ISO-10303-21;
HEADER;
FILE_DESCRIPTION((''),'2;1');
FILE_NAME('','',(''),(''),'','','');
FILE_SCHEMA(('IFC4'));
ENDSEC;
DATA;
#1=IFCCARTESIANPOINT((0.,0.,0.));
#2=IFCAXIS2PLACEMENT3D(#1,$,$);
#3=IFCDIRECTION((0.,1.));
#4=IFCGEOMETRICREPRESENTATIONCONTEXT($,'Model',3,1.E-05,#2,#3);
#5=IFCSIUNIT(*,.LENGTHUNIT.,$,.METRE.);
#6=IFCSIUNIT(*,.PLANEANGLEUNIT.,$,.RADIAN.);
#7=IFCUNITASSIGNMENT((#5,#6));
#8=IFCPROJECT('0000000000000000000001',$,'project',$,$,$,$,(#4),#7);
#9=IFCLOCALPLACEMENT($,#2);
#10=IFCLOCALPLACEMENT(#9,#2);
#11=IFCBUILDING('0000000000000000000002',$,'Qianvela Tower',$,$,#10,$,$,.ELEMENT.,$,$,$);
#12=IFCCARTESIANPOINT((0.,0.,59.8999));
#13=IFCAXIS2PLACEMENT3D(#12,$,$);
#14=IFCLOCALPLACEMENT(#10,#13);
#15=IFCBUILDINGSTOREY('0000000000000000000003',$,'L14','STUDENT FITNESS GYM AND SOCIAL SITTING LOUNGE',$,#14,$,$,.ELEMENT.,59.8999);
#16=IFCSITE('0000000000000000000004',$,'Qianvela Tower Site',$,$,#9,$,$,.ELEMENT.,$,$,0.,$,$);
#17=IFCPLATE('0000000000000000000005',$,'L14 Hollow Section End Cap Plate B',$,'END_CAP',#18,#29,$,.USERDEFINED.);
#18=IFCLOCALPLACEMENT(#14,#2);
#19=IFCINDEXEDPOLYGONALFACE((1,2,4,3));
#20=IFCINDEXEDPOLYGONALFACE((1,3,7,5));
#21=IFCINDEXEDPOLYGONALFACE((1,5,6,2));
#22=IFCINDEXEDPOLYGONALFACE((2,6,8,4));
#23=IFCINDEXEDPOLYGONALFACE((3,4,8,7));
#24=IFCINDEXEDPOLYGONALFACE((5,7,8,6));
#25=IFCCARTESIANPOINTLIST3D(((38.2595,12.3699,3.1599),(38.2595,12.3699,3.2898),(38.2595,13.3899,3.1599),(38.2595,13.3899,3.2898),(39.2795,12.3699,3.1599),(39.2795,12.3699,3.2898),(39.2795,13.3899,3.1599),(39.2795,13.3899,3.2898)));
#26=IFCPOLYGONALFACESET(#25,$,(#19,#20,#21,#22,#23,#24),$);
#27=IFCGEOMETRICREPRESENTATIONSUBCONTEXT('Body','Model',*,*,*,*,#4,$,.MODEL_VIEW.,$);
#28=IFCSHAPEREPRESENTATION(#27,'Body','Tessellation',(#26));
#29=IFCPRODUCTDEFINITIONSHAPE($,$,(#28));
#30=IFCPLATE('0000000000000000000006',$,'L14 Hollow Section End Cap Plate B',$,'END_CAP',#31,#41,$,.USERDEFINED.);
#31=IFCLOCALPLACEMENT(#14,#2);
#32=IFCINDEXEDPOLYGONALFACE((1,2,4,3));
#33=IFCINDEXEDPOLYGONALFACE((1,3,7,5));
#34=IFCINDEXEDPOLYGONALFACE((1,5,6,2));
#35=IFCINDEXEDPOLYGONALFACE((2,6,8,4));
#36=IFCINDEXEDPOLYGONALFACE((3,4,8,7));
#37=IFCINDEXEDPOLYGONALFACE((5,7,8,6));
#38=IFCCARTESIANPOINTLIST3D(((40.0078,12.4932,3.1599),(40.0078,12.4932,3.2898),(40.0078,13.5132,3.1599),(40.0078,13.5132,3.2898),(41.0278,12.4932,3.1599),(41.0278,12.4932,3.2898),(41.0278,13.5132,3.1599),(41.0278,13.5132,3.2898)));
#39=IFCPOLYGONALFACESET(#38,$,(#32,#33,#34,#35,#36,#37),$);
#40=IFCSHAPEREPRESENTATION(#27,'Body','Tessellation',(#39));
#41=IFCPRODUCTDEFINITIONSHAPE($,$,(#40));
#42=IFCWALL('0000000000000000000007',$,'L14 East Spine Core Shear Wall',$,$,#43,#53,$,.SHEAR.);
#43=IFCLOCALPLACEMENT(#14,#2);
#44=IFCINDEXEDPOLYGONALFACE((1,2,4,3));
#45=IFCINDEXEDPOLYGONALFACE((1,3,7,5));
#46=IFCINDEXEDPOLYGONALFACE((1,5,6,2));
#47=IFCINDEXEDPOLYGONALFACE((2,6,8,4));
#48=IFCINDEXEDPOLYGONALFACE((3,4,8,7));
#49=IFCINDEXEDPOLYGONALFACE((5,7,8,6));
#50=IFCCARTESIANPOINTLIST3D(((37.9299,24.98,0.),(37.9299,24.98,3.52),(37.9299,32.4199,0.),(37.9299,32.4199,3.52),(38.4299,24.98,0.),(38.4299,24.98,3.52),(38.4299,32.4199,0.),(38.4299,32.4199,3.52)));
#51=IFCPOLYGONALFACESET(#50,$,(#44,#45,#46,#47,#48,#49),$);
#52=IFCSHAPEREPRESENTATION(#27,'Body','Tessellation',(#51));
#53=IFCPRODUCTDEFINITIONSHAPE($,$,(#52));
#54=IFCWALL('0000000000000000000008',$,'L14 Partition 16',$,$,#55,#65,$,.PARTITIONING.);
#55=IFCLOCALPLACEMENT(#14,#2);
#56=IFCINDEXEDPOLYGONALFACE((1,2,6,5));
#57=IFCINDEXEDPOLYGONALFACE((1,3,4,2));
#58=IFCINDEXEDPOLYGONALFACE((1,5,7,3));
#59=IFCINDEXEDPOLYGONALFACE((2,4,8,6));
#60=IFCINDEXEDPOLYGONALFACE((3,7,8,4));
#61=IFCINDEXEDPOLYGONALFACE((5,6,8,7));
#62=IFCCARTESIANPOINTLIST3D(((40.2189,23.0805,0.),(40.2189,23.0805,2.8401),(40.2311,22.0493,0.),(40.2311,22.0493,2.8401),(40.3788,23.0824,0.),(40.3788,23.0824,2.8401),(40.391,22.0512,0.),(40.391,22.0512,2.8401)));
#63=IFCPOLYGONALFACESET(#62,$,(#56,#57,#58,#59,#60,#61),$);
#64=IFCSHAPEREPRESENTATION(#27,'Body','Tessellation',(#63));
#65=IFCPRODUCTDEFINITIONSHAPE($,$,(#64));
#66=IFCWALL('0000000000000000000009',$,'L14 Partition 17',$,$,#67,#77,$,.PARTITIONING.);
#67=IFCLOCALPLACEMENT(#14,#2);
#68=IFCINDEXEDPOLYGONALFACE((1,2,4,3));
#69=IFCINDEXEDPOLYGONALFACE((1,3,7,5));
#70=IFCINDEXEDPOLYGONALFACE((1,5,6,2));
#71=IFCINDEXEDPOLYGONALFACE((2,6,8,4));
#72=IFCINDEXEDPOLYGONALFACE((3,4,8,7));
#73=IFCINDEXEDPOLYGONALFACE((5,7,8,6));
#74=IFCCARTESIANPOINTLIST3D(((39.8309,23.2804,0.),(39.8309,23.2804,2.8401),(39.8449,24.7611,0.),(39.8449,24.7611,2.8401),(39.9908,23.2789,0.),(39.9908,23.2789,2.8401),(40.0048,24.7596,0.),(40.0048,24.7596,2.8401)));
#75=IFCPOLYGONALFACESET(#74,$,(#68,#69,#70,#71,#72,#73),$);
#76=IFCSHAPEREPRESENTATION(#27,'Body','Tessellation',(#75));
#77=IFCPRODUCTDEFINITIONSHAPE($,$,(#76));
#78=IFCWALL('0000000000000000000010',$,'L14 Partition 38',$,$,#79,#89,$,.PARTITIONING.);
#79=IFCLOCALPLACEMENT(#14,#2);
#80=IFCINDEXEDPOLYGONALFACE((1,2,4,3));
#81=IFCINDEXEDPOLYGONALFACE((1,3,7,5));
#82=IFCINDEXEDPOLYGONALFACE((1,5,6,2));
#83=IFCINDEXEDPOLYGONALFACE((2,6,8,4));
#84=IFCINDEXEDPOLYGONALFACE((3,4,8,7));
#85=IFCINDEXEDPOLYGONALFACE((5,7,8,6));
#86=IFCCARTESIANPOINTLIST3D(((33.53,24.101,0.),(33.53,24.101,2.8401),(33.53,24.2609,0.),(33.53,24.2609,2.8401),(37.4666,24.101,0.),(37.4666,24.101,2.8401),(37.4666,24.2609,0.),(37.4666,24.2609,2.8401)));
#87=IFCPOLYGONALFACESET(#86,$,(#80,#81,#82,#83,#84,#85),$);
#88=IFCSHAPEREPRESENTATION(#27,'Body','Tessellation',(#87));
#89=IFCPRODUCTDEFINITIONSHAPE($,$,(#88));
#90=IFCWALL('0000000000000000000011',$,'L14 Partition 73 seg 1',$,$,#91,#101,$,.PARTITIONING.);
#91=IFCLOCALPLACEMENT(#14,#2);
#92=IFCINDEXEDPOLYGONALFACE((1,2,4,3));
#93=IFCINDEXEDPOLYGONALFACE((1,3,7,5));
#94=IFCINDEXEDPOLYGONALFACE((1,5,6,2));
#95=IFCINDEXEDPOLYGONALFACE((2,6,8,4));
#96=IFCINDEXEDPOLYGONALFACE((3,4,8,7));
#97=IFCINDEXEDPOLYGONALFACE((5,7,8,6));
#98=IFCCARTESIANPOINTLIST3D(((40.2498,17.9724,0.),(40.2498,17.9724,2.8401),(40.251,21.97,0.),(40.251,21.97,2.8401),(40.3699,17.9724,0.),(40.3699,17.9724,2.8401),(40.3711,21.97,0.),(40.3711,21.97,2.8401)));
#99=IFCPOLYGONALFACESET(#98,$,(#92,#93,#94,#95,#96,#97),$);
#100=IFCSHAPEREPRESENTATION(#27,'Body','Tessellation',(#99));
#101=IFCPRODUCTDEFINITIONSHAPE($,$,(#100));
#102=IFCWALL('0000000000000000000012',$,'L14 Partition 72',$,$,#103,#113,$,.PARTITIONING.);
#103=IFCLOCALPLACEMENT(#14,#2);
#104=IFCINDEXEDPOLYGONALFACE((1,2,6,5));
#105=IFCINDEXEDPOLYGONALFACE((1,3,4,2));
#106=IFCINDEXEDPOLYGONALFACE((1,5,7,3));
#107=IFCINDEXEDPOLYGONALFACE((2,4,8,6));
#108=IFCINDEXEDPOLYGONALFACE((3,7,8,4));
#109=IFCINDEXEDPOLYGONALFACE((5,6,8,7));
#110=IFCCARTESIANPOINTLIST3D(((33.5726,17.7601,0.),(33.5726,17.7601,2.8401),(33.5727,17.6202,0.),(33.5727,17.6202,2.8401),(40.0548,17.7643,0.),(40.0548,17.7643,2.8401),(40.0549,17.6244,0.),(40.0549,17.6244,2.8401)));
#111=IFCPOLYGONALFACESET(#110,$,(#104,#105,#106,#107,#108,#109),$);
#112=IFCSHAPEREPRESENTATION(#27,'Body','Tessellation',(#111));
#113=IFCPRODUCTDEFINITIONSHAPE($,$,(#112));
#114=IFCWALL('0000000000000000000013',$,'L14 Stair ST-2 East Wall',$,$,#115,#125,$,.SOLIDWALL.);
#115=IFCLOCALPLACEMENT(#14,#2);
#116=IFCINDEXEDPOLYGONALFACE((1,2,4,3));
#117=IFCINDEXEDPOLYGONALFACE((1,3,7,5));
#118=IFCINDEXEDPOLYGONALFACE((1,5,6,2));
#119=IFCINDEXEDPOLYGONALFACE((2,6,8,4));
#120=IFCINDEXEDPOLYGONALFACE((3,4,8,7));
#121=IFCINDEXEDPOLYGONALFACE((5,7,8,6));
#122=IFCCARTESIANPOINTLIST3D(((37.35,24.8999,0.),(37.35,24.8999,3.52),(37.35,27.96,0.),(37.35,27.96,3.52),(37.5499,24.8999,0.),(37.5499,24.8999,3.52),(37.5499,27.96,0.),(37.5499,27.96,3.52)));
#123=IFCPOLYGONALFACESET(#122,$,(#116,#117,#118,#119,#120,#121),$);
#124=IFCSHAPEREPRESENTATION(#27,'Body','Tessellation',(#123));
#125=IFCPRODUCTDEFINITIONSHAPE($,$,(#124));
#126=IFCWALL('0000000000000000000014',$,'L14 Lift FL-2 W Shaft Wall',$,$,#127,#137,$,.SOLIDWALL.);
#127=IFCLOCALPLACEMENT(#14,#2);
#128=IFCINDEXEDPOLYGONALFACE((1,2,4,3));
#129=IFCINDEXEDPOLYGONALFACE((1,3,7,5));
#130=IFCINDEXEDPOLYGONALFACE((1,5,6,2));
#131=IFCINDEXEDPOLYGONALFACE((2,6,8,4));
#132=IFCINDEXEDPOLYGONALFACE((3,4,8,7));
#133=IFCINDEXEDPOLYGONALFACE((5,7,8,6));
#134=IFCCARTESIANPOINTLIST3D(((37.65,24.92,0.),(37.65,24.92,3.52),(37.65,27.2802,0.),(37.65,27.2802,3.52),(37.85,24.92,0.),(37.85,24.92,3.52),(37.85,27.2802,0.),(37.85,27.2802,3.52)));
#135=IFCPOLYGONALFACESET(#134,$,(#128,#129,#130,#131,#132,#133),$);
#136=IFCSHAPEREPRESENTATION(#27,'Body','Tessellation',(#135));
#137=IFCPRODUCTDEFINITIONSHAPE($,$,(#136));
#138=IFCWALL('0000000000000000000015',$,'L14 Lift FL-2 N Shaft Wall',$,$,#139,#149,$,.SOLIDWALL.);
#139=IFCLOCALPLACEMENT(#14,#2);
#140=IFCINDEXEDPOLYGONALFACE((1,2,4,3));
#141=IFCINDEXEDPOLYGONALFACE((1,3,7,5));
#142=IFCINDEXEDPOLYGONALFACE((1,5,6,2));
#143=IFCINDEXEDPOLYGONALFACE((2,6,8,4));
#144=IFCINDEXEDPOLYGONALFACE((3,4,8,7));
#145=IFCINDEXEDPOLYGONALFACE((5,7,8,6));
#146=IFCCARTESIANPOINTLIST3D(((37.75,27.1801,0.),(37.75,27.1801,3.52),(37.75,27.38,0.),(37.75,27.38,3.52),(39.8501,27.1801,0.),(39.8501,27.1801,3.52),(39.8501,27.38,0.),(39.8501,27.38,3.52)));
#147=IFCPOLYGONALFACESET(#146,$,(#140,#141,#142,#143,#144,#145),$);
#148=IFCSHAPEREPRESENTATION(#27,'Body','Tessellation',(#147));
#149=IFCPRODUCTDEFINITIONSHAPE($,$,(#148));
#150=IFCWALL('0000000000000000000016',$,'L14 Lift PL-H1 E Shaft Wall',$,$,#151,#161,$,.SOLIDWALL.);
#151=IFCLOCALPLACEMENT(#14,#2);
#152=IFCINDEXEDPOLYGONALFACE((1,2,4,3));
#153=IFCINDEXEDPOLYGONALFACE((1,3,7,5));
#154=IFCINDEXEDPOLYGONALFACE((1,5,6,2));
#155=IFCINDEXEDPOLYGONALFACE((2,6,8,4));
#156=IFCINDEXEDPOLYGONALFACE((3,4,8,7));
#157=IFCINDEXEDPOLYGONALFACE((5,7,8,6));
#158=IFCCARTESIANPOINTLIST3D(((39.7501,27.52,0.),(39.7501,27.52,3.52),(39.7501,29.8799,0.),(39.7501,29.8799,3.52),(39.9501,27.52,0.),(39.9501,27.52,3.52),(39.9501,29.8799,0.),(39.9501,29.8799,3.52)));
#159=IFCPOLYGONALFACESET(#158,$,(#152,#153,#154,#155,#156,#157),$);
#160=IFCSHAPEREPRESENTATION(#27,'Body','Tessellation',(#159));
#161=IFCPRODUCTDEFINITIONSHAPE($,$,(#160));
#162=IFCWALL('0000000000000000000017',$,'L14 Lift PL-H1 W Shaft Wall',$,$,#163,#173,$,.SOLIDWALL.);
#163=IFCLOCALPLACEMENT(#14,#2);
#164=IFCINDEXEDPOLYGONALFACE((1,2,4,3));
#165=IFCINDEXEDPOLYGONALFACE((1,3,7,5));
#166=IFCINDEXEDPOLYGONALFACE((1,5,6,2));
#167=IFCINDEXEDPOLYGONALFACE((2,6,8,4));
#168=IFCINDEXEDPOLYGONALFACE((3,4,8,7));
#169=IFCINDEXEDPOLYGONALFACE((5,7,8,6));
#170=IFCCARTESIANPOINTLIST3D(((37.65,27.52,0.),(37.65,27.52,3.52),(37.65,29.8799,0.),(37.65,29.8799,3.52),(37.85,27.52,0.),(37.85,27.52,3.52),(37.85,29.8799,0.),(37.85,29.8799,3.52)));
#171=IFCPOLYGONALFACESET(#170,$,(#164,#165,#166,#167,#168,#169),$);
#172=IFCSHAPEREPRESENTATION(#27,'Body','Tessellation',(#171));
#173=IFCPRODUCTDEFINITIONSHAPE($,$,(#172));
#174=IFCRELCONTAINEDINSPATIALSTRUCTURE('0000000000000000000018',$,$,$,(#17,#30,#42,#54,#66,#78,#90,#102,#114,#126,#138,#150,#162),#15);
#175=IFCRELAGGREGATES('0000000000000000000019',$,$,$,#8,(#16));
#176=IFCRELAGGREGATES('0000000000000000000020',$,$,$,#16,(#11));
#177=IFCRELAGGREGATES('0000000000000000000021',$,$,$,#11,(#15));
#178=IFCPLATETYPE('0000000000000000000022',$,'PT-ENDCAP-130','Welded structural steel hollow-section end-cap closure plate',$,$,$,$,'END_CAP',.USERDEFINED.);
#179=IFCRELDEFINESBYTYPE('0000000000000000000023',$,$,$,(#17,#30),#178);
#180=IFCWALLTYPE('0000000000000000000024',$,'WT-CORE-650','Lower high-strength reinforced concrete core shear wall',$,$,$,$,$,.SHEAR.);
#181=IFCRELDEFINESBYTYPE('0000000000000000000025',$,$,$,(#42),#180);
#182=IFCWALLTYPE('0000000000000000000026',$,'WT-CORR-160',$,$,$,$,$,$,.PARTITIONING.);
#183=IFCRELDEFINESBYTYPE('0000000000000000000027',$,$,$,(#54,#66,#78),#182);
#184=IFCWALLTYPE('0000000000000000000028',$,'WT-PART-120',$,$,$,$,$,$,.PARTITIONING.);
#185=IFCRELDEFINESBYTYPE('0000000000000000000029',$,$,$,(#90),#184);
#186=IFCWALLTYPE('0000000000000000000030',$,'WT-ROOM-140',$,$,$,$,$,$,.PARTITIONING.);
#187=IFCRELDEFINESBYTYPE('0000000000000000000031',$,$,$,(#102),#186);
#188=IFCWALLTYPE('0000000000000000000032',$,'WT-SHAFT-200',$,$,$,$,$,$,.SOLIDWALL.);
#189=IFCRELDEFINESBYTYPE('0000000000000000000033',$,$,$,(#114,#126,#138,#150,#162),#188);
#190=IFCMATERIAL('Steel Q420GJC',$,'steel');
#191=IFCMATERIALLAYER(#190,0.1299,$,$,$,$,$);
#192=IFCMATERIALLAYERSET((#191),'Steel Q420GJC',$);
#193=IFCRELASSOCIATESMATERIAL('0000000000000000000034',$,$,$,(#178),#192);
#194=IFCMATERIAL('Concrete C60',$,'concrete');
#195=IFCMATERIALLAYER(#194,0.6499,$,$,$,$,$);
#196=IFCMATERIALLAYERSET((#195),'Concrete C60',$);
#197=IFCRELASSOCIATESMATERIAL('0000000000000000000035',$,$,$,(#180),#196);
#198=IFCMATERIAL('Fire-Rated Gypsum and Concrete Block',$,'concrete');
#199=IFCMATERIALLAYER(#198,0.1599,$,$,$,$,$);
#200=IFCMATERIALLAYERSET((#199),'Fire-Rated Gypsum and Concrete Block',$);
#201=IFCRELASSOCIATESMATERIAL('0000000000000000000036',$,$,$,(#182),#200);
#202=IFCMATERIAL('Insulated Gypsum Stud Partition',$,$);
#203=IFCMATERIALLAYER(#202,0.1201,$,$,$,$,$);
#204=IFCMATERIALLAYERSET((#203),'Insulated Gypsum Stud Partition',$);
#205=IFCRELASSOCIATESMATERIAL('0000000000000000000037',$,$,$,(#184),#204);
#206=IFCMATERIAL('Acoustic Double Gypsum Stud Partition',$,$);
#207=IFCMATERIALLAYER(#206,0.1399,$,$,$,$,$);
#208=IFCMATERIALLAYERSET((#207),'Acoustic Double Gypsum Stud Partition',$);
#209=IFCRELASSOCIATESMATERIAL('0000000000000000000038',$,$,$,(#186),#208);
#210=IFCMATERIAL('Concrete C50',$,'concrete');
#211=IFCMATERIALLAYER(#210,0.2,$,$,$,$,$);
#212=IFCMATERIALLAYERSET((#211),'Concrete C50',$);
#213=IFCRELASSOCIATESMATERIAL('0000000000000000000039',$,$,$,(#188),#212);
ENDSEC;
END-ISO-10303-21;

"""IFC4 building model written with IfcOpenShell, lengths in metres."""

from ifc_helpers import new_model, si_unit, direction, frame, frame_2d, origin, origin_2d, place, context, subcontext, project, spatial, rectangle, extrude, material, layer, layer_set, type_object, element, save


model = new_model("IFC4")

# Units and contexts
model_context = context("Model", 3, precision=1e-05, world=origin(), true_north=direction((0.0, 1.0)))
body_context = subcontext(model_context, "Body", "Model", "MODEL_VIEW")
ifc_project = project(units=[si_unit("LENGTHUNIT", "METRE"), si_unit("PLANEANGLEUNIT", "RADIAN")], contexts=[model_context])

# Site, building, storey
site_placement = place(None, origin())
site = spatial("IfcSite", under=ifc_project, at=site_placement, Name="Qianvela Tower Site", CompositionType="ELEMENT", RefElevation=0.0)
building_placement = place(site_placement, origin())
building = spatial("IfcBuilding", under=site, at=building_placement, Name="Qianvela Tower", CompositionType="ELEMENT")
storey_placement = place(building_placement, frame((0.0, 0.0, 59.8999)))
storey = spatial("IfcBuildingStorey", under=building, at=storey_placement, Name="L14", Description="STUDENT FITNESS GYM AND SOCIAL SITTING LOUNGE", CompositionType="ELEMENT", Elevation=59.8999)

# Plates
ifc_material_1 = material(Name="Steel Q420GJC", Category="steel")
ifc_layer_1 = layer(ifc_material_1, 0.1299)
ifc_layer_set_1 = layer_set([ifc_layer_1], Name="Steel Q420GJC")
plate_type_1 = type_object("IfcPlateType", Name="PT-ENDCAP-130", Description="Welded structural steel hollow-section end-cap closure plate", ElementType="END_CAP", PredefinedType="USERDEFINED", material=ifc_layer_set_1)
for number, where, z_axis, x_axis, name in (
    (1, (38.7695, 12.8799, 3.1599), (0.0, 0.0, 1.0), (1.0, 0.0, 0.0), "L14 Hollow Section End Cap Plate B"),
    (2, (40.5178, 13.0032, 3.1599), (0.0, 0.0, 1.0), (1.0, 0.0, 0.0), "L14 Hollow Section End Cap Plate B"),
):
    element("IfcPlate", number, at=place(storey_placement, frame(where, z_axis=z_axis, x_axis=x_axis)), inside=storey, type_object=plate_type_1, Name=name, ObjectType="END_CAP", PredefinedType="USERDEFINED", context=body_context, shape_type="SweptSolid", body=[
        extrude(rectangle(XDim=1.02, YDim=1.02, at=origin_2d()), origin(), (0.0, 0.0, 1.0), 0.1299),
    ])

# Walls
ifc_material_2 = material(Name="Concrete C60", Category="concrete")
ifc_layer_2 = layer(ifc_material_2, 0.6499)
ifc_layer_set_2 = layer_set([ifc_layer_2], Name="Concrete C60")
wall_type_1 = type_object("IfcWallType", Name="WT-CORE-650", Description="Lower high-strength reinforced concrete core shear wall", PredefinedType="SHEAR", material=ifc_layer_set_2)
wall_1_placement = place(storey_placement, frame((38.1799, 24.98, 0.0), z_axis=(0.0, 0.0, 1.0), x_axis=(0.0, 1.0, 0.0)))
element("IfcWall", 3, at=wall_1_placement, inside=storey, type_object=wall_type_1, Name="L14 East Spine Core Shear Wall", PredefinedType="SHEAR", context=body_context, shape_type="SweptSolid", body=[
    extrude(rectangle(XDim=7.4399, YDim=0.5, at=frame_2d((3.72, 0.0))), origin(), (0.0, 0.0, 1.0), 3.52),
])
ifc_material_3 = material(Name="Fire-Rated Gypsum and Concrete Block", Category="concrete")
ifc_layer_3 = layer(ifc_material_3, 0.1599)
ifc_layer_set_3 = layer_set([ifc_layer_3], Name="Fire-Rated Gypsum and Concrete Block")
wall_type_2 = type_object("IfcWallType", Name="WT-CORR-160", PredefinedType="PARTITIONING", material=ifc_layer_set_3)
wall_2_placement = place(storey_placement, frame((40.311, 22.0503, 0.0), z_axis=(0.0, 0.0, 1.0), x_axis=(-0.011836, 0.99993, 0.0)))
element("IfcWall", 4, at=wall_2_placement, inside=storey, type_object=wall_type_2, Name="L14 Partition 16", PredefinedType="PARTITIONING", context=body_context, shape_type="SweptSolid", body=[
    extrude(rectangle(XDim=1.0312, YDim=0.1599, at=frame_2d((0.5156, 0.0))), origin(), (0.0, 0.0, 1.0), 2.8401),
])
wall_3_placement = place(storey_placement, frame((39.9109, 23.2798, 0.0), z_axis=(0.0, 0.0, 1.0), x_axis=(0.009398, 0.999956, 0.0)))
element("IfcWall", 5, at=wall_3_placement, inside=storey, type_object=wall_type_2, Name="L14 Partition 17", PredefinedType="PARTITIONING", context=body_context, shape_type="SweptSolid", body=[
    extrude(rectangle(XDim=1.4807, YDim=0.1599, at=frame_2d((0.7402, 0.0))), origin(), (0.0, 0.0, 1.0), 2.8401),
])
wall_4_placement = place(storey_placement, frame((37.4666, 24.1809, 0.0), z_axis=(0.0, 0.0, 1.0), x_axis=(-1.0, 0.0, 0.0)))
element("IfcWall", 6, at=wall_4_placement, inside=storey, type_object=wall_type_2, Name="L14 Partition 38", PredefinedType="PARTITIONING", context=body_context, shape_type="SweptSolid", body=[
    extrude(rectangle(XDim=3.9365, YDim=0.1599, at=frame_2d((1.9683, 0.0))), origin(), (0.0, 0.0, 1.0), 2.8401),
])
ifc_material_4 = material(Name="Insulated Gypsum Stud Partition")
ifc_layer_4 = layer(ifc_material_4, 0.1201)
ifc_layer_set_4 = layer_set([ifc_layer_4], Name="Insulated Gypsum Stud Partition")
wall_type_3 = type_object("IfcWallType", Name="WT-PART-120", PredefinedType="PARTITIONING", material=ifc_layer_set_4)
wall_5_placement = place(storey_placement, frame((40.3098, 17.9724, 0.0), z_axis=(0.0, 0.0, 1.0), x_axis=(0.000305, 1.0, 0.0)))
element("IfcWall", 7, at=wall_5_placement, inside=storey, type_object=wall_type_3, Name="L14 Partition 73 seg 1", PredefinedType="PARTITIONING", context=body_context, shape_type="SweptSolid", body=[
    extrude(rectangle(XDim=3.9976, YDim=0.1201, at=frame_2d((1.9988, 0.0))), origin(), (0.0, 0.0, 1.0), 2.8401),
])
ifc_material_5 = material(Name="Acoustic Double Gypsum Stud Partition")
ifc_layer_5 = layer(ifc_material_5, 0.1399)
ifc_layer_set_5 = layer_set([ifc_layer_5], Name="Acoustic Double Gypsum Stud Partition")
wall_type_4 = type_object("IfcWallType", Name="WT-ROOM-140", PredefinedType="PARTITIONING", material=ifc_layer_set_5)
wall_6_placement = place(storey_placement, frame((33.5725, 17.6902, 0.0), z_axis=(0.0, 0.0, 1.0), x_axis=(1.0, 0.00064, 0.0)))
element("IfcWall", 8, at=wall_6_placement, inside=storey, type_object=wall_type_4, Name="L14 Partition 72", PredefinedType="PARTITIONING", context=body_context, shape_type="SweptSolid", body=[
    extrude(rectangle(XDim=6.4822, YDim=0.1399, at=frame_2d((3.2412, 0.0))), origin(), (0.0, 0.0, 1.0), 2.8401),
])
ifc_material_6 = material(Name="Concrete C50", Category="concrete")
ifc_layer_6 = layer(ifc_material_6, 0.2)
ifc_layer_set_6 = layer_set([ifc_layer_6], Name="Concrete C50")
wall_type_5 = type_object("IfcWallType", Name="WT-SHAFT-200", PredefinedType="SOLIDWALL", material=ifc_layer_set_6)
wall_7_placement = place(storey_placement, frame((37.45, 24.8999, 0.0), z_axis=(0.0, 0.0, 1.0), x_axis=(0.0, 1.0, 0.0)))
element("IfcWall", 9, at=wall_7_placement, inside=storey, type_object=wall_type_5, Name="L14 Stair ST-2 East Wall", PredefinedType="SOLIDWALL", context=body_context, shape_type="SweptSolid", body=[
    extrude(rectangle(XDim=3.0601, YDim=0.2, at=frame_2d((1.53, 0.0))), origin(), (0.0, 0.0, 1.0), 3.52),
])

# Walls
wall_8_placement = place(storey_placement, frame((37.75, 24.9199, 0.0), z_axis=(0.0, 0.0, 1.0), x_axis=(0.0, 1.0, 0.0)))
element("IfcWall", 10, at=wall_8_placement, inside=storey, type_object=wall_type_5, Name="L14 Lift FL-2 W Shaft Wall", PredefinedType="SOLIDWALL", context=body_context, shape_type="SweptSolid", body=[
    extrude(rectangle(XDim=2.3601, YDim=0.2, at=frame_2d((1.1802, 0.0))), origin(), (0.0, 0.0, 1.0), 3.52),
])
wall_9_placement = place(storey_placement, frame((37.75, 27.28, 0.0), z_axis=(0.0, 0.0, 1.0), x_axis=(1.0, 0.0, 0.0)))
element("IfcWall", 11, at=wall_9_placement, inside=storey, type_object=wall_type_5, Name="L14 Lift FL-2 N Shaft Wall", PredefinedType="SOLIDWALL", context=body_context, shape_type="SweptSolid", body=[
    extrude(rectangle(XDim=2.1001, YDim=0.2, at=frame_2d((1.05, 0.0))), origin(), (0.0, 0.0, 1.0), 3.52),
])
for number, where, z_axis, x_axis, name in (
    (12, (39.8501, 27.52, 0.0), (0.0, 0.0, 1.0), (0.0, 1.0, 0.0), "L14 Lift PL-H1 E Shaft Wall"),
    (13, (37.75, 27.52, 0.0), (0.0, 0.0, 1.0), (0.0, 1.0, 0.0), "L14 Lift PL-H1 W Shaft Wall"),
):
    element("IfcWall", number, at=place(storey_placement, frame(where, z_axis=z_axis, x_axis=x_axis)), inside=storey, type_object=wall_type_5, Name=name, PredefinedType="SOLIDWALL", context=body_context, shape_type="SweptSolid", body=[
        extrude(rectangle(XDim=2.3599, YDim=0.2, at=frame_2d((1.1799, 0.0))), origin(), (0.0, 0.0, 1.0), 3.52),
    ])

save(model, "model.ifc")
